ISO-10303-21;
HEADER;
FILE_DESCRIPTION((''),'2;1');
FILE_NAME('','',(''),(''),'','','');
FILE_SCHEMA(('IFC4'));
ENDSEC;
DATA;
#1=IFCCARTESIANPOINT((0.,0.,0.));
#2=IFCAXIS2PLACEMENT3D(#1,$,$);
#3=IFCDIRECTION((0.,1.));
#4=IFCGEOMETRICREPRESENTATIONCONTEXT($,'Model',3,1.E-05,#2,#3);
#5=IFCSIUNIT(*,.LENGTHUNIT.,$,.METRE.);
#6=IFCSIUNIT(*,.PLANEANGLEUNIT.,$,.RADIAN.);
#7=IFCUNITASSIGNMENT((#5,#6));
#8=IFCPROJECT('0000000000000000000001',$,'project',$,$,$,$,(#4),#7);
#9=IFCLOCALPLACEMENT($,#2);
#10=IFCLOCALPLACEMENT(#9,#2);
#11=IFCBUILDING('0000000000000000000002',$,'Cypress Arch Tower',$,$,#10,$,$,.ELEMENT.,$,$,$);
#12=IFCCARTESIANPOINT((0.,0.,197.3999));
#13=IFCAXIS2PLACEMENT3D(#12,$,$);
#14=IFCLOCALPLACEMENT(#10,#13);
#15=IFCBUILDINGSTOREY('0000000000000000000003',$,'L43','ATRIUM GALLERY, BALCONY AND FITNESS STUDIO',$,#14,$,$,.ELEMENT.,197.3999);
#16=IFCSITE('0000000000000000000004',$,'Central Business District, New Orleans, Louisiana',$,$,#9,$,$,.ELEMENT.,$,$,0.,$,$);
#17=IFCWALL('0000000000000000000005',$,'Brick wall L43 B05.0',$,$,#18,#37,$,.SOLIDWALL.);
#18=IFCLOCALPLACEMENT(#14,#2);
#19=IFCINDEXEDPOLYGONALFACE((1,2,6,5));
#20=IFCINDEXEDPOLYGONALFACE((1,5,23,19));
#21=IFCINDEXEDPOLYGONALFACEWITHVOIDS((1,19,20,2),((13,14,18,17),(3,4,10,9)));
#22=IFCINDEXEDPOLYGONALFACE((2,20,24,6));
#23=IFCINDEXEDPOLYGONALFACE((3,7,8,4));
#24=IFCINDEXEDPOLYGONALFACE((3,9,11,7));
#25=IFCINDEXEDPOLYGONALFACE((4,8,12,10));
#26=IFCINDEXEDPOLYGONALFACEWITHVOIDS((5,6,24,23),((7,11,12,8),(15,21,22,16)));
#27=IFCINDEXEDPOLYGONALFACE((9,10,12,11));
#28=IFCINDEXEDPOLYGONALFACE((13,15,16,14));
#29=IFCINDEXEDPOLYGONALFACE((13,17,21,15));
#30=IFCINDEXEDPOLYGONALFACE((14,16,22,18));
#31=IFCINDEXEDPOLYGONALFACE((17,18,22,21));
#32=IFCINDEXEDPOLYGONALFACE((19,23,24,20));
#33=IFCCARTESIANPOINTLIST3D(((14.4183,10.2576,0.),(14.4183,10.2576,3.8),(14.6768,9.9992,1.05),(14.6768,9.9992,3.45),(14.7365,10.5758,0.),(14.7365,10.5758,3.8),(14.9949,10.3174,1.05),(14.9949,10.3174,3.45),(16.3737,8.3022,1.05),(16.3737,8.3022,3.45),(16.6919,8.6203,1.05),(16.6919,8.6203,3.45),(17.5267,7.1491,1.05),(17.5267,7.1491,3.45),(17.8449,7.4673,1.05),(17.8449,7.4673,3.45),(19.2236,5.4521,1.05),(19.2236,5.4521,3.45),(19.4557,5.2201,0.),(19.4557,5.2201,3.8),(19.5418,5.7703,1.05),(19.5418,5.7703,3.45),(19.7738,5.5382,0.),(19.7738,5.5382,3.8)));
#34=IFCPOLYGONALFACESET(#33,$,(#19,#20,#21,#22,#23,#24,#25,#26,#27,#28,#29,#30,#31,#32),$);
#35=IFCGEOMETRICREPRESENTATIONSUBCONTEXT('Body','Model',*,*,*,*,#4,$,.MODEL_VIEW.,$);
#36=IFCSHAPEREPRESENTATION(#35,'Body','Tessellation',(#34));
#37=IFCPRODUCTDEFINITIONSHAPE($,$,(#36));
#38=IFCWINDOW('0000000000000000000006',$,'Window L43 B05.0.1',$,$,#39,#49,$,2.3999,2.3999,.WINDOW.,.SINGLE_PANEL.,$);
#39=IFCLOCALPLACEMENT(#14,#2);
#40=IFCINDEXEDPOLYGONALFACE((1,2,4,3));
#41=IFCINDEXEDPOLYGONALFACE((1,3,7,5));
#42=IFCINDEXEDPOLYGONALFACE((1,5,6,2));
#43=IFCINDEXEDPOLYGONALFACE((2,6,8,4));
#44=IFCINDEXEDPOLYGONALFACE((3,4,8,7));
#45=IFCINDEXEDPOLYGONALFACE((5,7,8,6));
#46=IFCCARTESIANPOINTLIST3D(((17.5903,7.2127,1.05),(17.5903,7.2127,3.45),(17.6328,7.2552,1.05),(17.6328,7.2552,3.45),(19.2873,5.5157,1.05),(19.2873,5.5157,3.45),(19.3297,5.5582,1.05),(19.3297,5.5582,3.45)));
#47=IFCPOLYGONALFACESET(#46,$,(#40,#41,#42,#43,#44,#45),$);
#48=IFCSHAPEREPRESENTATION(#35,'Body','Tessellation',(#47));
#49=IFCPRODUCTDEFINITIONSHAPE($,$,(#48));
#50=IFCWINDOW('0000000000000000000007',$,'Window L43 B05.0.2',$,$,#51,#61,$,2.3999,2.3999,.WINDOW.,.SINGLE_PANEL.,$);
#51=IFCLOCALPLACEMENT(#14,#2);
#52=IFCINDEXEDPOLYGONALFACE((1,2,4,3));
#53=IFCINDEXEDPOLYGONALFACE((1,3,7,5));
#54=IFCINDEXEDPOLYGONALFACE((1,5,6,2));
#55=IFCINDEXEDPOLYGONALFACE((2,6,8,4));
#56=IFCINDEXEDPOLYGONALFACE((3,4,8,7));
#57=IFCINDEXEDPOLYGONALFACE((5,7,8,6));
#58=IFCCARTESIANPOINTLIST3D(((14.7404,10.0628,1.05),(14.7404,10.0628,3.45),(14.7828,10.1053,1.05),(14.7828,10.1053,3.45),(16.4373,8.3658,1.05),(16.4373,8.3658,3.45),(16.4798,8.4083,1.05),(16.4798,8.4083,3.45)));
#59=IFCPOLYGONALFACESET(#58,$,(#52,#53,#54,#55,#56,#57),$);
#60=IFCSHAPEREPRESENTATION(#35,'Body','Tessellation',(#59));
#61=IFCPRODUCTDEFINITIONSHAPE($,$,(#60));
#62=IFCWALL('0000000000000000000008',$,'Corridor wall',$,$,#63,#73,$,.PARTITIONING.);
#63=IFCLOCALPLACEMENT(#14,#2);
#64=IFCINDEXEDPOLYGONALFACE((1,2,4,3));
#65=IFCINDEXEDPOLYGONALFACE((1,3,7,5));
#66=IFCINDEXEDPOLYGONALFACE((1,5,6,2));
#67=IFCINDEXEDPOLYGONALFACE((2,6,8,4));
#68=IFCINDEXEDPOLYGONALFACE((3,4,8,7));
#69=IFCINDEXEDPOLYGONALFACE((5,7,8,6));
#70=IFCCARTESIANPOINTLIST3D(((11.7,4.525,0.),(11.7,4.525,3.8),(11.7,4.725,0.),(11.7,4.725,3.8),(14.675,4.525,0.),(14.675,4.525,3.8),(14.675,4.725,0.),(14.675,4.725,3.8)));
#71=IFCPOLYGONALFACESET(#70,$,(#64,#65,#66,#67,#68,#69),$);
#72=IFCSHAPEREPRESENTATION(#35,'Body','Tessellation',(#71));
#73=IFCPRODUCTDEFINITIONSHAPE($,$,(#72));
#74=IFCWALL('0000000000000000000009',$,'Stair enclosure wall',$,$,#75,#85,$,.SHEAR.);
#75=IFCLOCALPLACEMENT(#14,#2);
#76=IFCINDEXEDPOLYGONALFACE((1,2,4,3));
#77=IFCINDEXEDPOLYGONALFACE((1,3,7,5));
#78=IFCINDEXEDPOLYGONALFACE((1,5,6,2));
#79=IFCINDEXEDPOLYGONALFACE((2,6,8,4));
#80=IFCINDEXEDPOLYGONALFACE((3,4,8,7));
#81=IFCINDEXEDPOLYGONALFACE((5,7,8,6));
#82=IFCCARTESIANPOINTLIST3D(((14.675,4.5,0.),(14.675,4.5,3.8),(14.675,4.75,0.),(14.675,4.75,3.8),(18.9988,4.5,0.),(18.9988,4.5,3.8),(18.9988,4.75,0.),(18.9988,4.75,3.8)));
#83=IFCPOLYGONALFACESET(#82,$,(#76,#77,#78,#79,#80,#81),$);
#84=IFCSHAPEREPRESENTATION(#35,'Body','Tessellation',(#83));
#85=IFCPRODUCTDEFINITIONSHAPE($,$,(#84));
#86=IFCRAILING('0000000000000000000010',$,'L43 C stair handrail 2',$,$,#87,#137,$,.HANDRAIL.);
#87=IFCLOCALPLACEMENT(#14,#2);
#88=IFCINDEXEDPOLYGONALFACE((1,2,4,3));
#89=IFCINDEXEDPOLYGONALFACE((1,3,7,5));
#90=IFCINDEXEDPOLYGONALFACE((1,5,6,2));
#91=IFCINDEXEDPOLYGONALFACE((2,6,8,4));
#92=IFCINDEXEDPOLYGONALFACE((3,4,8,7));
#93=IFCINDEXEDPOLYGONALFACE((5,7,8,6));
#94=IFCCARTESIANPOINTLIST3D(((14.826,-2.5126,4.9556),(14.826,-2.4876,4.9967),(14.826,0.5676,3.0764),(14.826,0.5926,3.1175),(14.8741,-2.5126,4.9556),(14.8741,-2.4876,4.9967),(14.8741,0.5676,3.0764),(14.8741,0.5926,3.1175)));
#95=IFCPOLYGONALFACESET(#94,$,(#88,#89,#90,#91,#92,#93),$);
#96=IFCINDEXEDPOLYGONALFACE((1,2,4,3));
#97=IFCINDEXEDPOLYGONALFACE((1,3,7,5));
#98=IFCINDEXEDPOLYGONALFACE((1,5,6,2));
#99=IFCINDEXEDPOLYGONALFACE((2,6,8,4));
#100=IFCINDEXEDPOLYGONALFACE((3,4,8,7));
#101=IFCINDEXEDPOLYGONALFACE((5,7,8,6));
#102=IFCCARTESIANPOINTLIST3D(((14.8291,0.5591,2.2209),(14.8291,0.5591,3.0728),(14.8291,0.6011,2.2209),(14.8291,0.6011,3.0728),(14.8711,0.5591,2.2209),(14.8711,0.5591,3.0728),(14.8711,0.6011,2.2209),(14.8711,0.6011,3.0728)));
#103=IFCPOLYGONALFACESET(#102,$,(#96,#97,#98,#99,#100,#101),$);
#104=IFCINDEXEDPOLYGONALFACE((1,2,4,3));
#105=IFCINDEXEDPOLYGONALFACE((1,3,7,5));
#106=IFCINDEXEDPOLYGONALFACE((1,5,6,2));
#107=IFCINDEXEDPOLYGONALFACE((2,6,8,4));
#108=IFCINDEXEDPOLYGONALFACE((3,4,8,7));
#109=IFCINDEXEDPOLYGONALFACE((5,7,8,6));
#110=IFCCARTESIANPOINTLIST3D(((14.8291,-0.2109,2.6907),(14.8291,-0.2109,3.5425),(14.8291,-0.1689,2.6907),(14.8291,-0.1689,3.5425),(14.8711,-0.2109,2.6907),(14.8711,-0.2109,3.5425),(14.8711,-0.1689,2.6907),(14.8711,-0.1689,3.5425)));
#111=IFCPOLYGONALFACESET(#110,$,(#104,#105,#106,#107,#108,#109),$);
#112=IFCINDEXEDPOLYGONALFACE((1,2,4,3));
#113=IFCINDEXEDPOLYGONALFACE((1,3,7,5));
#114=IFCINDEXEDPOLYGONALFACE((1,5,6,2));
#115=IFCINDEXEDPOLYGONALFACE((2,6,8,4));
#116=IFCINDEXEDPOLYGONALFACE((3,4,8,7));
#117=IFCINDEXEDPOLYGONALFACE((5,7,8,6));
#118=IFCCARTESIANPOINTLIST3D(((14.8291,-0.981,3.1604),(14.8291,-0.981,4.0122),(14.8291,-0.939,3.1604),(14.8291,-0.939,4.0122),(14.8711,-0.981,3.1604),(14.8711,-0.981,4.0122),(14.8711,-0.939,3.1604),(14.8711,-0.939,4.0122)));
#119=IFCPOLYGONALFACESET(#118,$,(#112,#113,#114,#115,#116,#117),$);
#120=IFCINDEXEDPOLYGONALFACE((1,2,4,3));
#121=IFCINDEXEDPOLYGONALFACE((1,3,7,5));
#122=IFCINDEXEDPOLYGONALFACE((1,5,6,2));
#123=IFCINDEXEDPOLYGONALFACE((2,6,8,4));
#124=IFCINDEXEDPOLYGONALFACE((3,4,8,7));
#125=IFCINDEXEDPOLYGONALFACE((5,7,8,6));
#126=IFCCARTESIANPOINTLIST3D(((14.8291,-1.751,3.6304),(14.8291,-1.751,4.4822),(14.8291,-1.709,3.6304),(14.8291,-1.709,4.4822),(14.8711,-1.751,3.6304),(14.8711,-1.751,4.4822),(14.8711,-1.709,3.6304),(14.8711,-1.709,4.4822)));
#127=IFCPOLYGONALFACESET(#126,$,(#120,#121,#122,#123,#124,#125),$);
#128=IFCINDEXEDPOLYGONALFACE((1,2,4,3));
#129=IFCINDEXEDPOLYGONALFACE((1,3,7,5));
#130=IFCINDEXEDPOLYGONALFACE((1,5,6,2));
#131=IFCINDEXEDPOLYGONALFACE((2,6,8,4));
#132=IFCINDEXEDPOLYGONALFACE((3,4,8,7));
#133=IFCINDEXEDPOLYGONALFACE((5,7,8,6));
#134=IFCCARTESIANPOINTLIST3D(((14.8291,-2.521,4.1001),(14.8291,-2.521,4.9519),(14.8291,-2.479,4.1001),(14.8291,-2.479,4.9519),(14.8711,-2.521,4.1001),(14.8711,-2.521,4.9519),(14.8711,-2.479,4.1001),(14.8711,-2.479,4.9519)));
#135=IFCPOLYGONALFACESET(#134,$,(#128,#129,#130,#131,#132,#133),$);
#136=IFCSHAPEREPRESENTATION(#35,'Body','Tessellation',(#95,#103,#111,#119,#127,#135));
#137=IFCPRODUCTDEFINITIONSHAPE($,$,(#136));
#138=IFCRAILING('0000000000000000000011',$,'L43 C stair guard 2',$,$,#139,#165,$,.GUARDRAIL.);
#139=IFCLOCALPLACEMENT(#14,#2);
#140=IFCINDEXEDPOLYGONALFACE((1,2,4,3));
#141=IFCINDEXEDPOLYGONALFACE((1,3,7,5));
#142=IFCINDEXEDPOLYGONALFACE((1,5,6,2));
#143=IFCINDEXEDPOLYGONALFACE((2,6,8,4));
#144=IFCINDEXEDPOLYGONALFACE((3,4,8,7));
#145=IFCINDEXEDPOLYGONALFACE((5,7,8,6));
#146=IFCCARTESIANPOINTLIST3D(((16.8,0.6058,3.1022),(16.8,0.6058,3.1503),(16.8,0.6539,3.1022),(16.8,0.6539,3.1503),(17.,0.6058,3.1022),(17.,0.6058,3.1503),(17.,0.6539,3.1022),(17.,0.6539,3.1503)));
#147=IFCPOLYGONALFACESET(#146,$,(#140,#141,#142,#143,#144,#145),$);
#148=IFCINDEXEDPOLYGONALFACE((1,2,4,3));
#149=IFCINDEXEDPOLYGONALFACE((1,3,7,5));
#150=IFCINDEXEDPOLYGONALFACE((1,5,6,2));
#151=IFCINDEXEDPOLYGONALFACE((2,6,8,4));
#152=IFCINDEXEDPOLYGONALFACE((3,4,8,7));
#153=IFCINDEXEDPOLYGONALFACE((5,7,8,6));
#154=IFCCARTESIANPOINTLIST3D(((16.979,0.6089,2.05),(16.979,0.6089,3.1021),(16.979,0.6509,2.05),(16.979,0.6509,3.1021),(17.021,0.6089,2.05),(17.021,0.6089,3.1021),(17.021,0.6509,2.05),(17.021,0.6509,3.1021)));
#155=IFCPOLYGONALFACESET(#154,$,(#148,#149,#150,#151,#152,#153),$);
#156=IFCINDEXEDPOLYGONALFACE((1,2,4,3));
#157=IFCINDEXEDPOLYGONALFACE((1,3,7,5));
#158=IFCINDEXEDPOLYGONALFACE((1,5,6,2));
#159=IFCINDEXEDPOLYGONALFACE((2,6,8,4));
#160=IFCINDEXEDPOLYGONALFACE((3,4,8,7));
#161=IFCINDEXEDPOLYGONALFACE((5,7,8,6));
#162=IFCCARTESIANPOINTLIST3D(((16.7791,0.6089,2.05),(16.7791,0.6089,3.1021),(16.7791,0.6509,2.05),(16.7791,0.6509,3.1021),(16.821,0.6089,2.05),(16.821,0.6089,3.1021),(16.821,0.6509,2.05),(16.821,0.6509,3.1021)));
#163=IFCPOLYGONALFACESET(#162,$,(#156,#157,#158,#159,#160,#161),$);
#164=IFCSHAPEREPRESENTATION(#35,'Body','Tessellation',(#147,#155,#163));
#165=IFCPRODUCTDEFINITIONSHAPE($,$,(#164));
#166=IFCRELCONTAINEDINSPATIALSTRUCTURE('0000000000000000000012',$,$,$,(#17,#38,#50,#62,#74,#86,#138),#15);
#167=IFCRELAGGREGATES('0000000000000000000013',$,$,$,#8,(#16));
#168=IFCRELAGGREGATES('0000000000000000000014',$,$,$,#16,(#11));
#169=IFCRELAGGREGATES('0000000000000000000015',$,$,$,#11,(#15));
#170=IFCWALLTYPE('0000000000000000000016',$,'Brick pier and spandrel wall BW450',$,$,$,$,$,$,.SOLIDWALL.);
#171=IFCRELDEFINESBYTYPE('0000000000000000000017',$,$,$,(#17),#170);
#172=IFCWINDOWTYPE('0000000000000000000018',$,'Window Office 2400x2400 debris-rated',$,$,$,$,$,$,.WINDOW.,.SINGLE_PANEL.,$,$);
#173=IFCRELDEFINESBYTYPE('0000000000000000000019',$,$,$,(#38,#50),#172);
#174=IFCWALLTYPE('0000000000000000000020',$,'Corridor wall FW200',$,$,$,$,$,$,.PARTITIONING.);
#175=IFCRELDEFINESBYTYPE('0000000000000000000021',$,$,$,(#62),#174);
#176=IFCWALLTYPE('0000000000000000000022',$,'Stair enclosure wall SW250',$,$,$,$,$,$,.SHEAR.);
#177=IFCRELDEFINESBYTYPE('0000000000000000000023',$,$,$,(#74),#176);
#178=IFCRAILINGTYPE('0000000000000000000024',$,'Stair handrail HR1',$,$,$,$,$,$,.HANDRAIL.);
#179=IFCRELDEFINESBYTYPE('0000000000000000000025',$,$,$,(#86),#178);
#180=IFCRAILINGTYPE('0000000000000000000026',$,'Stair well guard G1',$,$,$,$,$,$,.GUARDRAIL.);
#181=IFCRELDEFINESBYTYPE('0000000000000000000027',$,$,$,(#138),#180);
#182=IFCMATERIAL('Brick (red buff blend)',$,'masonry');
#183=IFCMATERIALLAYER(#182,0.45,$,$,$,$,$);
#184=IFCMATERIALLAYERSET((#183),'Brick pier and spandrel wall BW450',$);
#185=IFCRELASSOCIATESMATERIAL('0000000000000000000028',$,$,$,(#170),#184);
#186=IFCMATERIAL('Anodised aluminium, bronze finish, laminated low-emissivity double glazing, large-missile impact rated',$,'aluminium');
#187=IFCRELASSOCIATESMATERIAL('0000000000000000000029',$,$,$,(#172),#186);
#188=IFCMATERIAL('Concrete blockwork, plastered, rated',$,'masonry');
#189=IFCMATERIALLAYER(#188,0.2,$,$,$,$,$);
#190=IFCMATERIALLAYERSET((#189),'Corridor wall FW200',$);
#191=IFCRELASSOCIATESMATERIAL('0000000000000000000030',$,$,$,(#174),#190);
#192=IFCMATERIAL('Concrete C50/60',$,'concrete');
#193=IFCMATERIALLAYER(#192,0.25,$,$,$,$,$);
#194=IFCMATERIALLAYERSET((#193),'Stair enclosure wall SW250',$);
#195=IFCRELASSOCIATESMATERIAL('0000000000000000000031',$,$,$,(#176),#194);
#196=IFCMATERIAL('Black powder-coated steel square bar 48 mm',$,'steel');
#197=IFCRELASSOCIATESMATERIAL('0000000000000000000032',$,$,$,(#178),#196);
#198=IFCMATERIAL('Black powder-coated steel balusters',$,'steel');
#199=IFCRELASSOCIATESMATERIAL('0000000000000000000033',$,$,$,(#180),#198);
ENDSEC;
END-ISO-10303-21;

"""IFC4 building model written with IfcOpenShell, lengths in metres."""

from ifc_helpers import new_model, si_unit, direction, frame, frame_2d, origin, origin_2d, place, context, subcontext, project, spatial, rectangle, extrude, material, layer, layer_set, type_object, element, fill, save


model = new_model("IFC4")

# Units and contexts
model_context = context("Model", 3, precision=1e-05, world=origin(), true_north=direction((0.0, 1.0)))
body_context = subcontext(model_context, "Body", "Model", "MODEL_VIEW")
ifc_project = project(units=[si_unit("LENGTHUNIT", "METRE"), si_unit("PLANEANGLEUNIT", "RADIAN")], contexts=[model_context])

# Site, building, storey
site_placement = place(None, origin())
site = spatial("IfcSite", under=ifc_project, at=site_placement, Name="Central Business District, New Orleans, Louisiana", CompositionType="ELEMENT", RefElevation=0.0)
building_placement = place(site_placement, origin())
building = spatial("IfcBuilding", under=site, at=building_placement, Name="Cypress Arch Tower", CompositionType="ELEMENT")
storey_placement = place(building_placement, frame((0.0, 0.0, 197.3999)))
storey = spatial("IfcBuildingStorey", under=building, at=storey_placement, Name="L43", Description="ATRIUM GALLERY, BALCONY AND FITNESS STUDIO", CompositionType="ELEMENT", Elevation=197.3999)

# Wall, openings, windows
ifc_material_1 = material(Name="Brick (red buff blend)", Category="masonry")
ifc_layer_1 = layer(ifc_material_1, 0.45)
ifc_layer_set_1 = layer_set([ifc_layer_1], Name="Brick pier and spandrel wall BW450")
wall_type_1 = type_object("IfcWallType", Name="Brick pier and spandrel wall BW450", PredefinedType="SOLIDWALL", material=ifc_layer_set_1)
wall_1_placement = place(storey_placement, frame((19.6147, 5.3792, 0.0), z_axis=(0.0, 0.0, 1.0), x_axis=(-0.70709, 0.707124, 0.0)))
wall_1 = element("IfcWall", 1, at=wall_1_placement, inside=storey, type_object=wall_type_1, Name="Brick wall L43 B05.0", PredefinedType="SOLIDWALL", context=body_context, shape_type="SweptSolid", body=[
    extrude(rectangle(XDim=7.124, YDim=0.45, at=frame_2d((3.562, 0.0))), origin(), (0.0, 0.0, 1.0), 3.8),
])
opening_1_placement = place(wall_1_placement, frame((0.3281, 0.0, 1.05)))
opening_1 = element("IfcOpeningElement", 2, at=opening_1_placement, cuts=wall_1, PredefinedType="OPENING", context=body_context, shape_type="SweptSolid", body=[
    extrude(rectangle(XDim=2.3999, YDim=2.3999, at=frame_2d((1.2, 1.2))), frame((0.0, 0.2349, 0.0), z_axis=(0.0, -1.0, 0.0), x_axis=(1.0, 0.0, 0.0)), (0.0, 0.0, 1.0), 0.47),
])
opening_2_placement = place(wall_1_placement, frame((4.3586, 0.0, 1.05)))
opening_2 = element("IfcOpeningElement", 3, at=opening_2_placement, cuts=wall_1, PredefinedType="OPENING", context=body_context, shape_type="SweptSolid", body=[
    extrude(rectangle(XDim=2.3999, YDim=2.3999, at=frame_2d((1.2, 1.2))), frame((0.0, 0.2349, 0.0), z_axis=(0.0, -1.0, 0.0), x_axis=(1.0, 0.0, 0.0)), (0.0, 0.0, 1.0), 0.47),
])
ifc_material_2 = material(Name="Anodised aluminium, bronze finish, laminated low-emissivity double glazing, large-missile impact rated", Category="aluminium")
window_type = type_object("IfcWindowType", Name="Window Office 2400x2400 debris-rated", PartitioningType="SINGLE_PANEL", PredefinedType="WINDOW", material=ifc_material_2)
window_1_placement = place(opening_1_placement, origin())
window_1 = element("IfcWindow", 4, at=window_1_placement, inside=storey, type_object=window_type, Name="Window L43 B05.0.1", OverallHeight=2.3999, OverallWidth=2.3999, PartitioningType="SINGLE_PANEL", PredefinedType="WINDOW", context=body_context, shape_type="SweptSolid", body=[
    extrude(rectangle(XDim=2.3999, YDim=2.3999, at=frame_2d((1.2, 1.2))), frame((0.0, 0.135, 0.0), z_axis=(0.0, -1.0, 0.0), x_axis=(1.0, 0.0, 0.0)), (0.0, 0.0, 1.0), 0.0601),
])
fill(opening_1, window_1)
window_2_placement = place(opening_2_placement, origin())
window_2 = element("IfcWindow", 5, at=window_2_placement, inside=storey, type_object=window_type, Name="Window L43 B05.0.2", OverallHeight=2.3999, OverallWidth=2.3999, PartitioningType="SINGLE_PANEL", PredefinedType="WINDOW", context=body_context, shape_type="SweptSolid", body=[
    extrude(rectangle(XDim=2.3999, YDim=2.3999, at=frame_2d((1.2, 1.2))), frame((0.0, 0.135, 0.0), z_axis=(0.0, -1.0, 0.0), x_axis=(1.0, 0.0, 0.0)), (0.0, 0.0, 1.0), 0.0601),
])
fill(opening_2, window_2)

# Walls
ifc_material_3 = material(Name="Concrete blockwork, plastered, rated", Category="masonry")
ifc_layer_2 = layer(ifc_material_3, 0.2)
ifc_layer_set_2 = layer_set([ifc_layer_2], Name="Corridor wall FW200")
wall_type_2 = type_object("IfcWallType", Name="Corridor wall FW200", PredefinedType="PARTITIONING", material=ifc_layer_set_2)
wall_2_placement = place(storey_placement, frame((11.7, 4.625, 0.0), z_axis=(0.0, 0.0, 1.0), x_axis=(1.0, 0.0, 0.0)))
element("IfcWall", 6, at=wall_2_placement, inside=storey, type_object=wall_type_2, Name="Corridor wall", PredefinedType="PARTITIONING", context=body_context, shape_type="SweptSolid", body=[
    extrude(rectangle(XDim=2.9751, YDim=0.2, at=frame_2d((1.4875, 0.0))), origin(), (0.0, 0.0, 1.0), 3.8),
])
ifc_material_4 = material(Name="Concrete C50/60", Category="concrete")
ifc_layer_3 = layer(ifc_material_4, 0.25)
ifc_layer_set_3 = layer_set([ifc_layer_3], Name="Stair enclosure wall SW250")
wall_type_3 = type_object("IfcWallType", Name="Stair enclosure wall SW250", PredefinedType="SHEAR", material=ifc_layer_set_3)
wall_3_placement = place(storey_placement, frame((14.675, 4.625, 0.0), z_axis=(0.0, 0.0, 1.0), x_axis=(1.0, 0.0, 0.0)))
element("IfcWall", 7, at=wall_3_placement, inside=storey, type_object=wall_type_3, Name="Stair enclosure wall", PredefinedType="SHEAR", context=body_context, shape_type="SweptSolid", body=[
    extrude(rectangle(XDim=4.3237, YDim=0.25, at=frame_2d((2.1619, 0.0))), origin(), (0.0, 0.0, 1.0), 3.8),
])

# Railings
ifc_material_5 = material(Name="Black powder-coated steel square bar 48 mm", Category="steel")
railing_type_1 = type_object("IfcRailingType", Name="Stair handrail HR1", PredefinedType="HANDRAIL", material=ifc_material_5)
railing_1_placement = place(storey_placement, frame((14.8501, 0.5801, 2.2209)))
element("IfcRailing", 8, at=railing_1_placement, inside=storey, type_object=railing_type_1, Name="L43 C stair handrail 2", PredefinedType="HANDRAIL", context=body_context, shape_type="SweptSolid", body=[
    extrude(rectangle(XDim=0.0481, YDim=0.0481, at=origin_2d()), frame((0.0, 0.0, 0.876), z_axis=(0.0, -0.853666, 0.52082), x_axis=(1.0, 0.0, 0.0)), (0.0, 0.0, 1.0), 3.6082),
    extrude(rectangle(XDim=0.042, YDim=0.042, at=origin_2d()), origin(), (0.0, 0.0, 1.0), 0.8518),
    extrude(rectangle(XDim=0.042, YDim=0.042, at=origin_2d()), frame((0.0, -0.77, 0.4697)), (0.0, 0.0, 1.0), 0.8518),
    extrude(rectangle(XDim=0.042, YDim=0.042, at=origin_2d()), frame((0.0, -1.54, 0.9395)), (0.0, 0.0, 1.0), 0.8518),
    extrude(rectangle(XDim=0.042, YDim=0.042, at=origin_2d()), frame((0.0, -2.3101, 1.4094)), (0.0, 0.0, 1.0), 0.8518),
    extrude(rectangle(XDim=0.042, YDim=0.042, at=origin_2d()), frame((0.0, -3.0801, 1.8792)), (0.0, 0.0, 1.0), 0.8518),
])
ifc_material_6 = material(Name="Black powder-coated steel balusters", Category="steel")
railing_type_2 = type_object("IfcRailingType", Name="Stair well guard G1", PredefinedType="GUARDRAIL", material=ifc_material_6)
railing_2_placement = place(storey_placement, frame((17.0, 0.6299, 2.05)))
element("IfcRailing", 9, at=railing_2_placement, inside=storey, type_object=railing_type_2, Name="L43 C stair guard 2", PredefinedType="GUARDRAIL", context=body_context, shape_type="SweptSolid", body=[
    extrude(rectangle(XDim=0.0481, YDim=0.0481, at=origin_2d()), frame((0.0, 0.0, 1.0762), z_axis=(-1.0, 0.0, 0.0), x_axis=(0.0, -1.0, 0.0)), (0.0, 0.0, 1.0), 0.2),
    extrude(rectangle(XDim=0.042, YDim=0.042, at=origin_2d()), origin(), (0.0, 0.0, 1.0), 1.052),
    extrude(rectangle(XDim=0.042, YDim=0.042, at=origin_2d()), frame((-0.2, 0.0, 0.0)), (0.0, 0.0, 1.0), 1.052),
])

save(model, "model.ifc")
